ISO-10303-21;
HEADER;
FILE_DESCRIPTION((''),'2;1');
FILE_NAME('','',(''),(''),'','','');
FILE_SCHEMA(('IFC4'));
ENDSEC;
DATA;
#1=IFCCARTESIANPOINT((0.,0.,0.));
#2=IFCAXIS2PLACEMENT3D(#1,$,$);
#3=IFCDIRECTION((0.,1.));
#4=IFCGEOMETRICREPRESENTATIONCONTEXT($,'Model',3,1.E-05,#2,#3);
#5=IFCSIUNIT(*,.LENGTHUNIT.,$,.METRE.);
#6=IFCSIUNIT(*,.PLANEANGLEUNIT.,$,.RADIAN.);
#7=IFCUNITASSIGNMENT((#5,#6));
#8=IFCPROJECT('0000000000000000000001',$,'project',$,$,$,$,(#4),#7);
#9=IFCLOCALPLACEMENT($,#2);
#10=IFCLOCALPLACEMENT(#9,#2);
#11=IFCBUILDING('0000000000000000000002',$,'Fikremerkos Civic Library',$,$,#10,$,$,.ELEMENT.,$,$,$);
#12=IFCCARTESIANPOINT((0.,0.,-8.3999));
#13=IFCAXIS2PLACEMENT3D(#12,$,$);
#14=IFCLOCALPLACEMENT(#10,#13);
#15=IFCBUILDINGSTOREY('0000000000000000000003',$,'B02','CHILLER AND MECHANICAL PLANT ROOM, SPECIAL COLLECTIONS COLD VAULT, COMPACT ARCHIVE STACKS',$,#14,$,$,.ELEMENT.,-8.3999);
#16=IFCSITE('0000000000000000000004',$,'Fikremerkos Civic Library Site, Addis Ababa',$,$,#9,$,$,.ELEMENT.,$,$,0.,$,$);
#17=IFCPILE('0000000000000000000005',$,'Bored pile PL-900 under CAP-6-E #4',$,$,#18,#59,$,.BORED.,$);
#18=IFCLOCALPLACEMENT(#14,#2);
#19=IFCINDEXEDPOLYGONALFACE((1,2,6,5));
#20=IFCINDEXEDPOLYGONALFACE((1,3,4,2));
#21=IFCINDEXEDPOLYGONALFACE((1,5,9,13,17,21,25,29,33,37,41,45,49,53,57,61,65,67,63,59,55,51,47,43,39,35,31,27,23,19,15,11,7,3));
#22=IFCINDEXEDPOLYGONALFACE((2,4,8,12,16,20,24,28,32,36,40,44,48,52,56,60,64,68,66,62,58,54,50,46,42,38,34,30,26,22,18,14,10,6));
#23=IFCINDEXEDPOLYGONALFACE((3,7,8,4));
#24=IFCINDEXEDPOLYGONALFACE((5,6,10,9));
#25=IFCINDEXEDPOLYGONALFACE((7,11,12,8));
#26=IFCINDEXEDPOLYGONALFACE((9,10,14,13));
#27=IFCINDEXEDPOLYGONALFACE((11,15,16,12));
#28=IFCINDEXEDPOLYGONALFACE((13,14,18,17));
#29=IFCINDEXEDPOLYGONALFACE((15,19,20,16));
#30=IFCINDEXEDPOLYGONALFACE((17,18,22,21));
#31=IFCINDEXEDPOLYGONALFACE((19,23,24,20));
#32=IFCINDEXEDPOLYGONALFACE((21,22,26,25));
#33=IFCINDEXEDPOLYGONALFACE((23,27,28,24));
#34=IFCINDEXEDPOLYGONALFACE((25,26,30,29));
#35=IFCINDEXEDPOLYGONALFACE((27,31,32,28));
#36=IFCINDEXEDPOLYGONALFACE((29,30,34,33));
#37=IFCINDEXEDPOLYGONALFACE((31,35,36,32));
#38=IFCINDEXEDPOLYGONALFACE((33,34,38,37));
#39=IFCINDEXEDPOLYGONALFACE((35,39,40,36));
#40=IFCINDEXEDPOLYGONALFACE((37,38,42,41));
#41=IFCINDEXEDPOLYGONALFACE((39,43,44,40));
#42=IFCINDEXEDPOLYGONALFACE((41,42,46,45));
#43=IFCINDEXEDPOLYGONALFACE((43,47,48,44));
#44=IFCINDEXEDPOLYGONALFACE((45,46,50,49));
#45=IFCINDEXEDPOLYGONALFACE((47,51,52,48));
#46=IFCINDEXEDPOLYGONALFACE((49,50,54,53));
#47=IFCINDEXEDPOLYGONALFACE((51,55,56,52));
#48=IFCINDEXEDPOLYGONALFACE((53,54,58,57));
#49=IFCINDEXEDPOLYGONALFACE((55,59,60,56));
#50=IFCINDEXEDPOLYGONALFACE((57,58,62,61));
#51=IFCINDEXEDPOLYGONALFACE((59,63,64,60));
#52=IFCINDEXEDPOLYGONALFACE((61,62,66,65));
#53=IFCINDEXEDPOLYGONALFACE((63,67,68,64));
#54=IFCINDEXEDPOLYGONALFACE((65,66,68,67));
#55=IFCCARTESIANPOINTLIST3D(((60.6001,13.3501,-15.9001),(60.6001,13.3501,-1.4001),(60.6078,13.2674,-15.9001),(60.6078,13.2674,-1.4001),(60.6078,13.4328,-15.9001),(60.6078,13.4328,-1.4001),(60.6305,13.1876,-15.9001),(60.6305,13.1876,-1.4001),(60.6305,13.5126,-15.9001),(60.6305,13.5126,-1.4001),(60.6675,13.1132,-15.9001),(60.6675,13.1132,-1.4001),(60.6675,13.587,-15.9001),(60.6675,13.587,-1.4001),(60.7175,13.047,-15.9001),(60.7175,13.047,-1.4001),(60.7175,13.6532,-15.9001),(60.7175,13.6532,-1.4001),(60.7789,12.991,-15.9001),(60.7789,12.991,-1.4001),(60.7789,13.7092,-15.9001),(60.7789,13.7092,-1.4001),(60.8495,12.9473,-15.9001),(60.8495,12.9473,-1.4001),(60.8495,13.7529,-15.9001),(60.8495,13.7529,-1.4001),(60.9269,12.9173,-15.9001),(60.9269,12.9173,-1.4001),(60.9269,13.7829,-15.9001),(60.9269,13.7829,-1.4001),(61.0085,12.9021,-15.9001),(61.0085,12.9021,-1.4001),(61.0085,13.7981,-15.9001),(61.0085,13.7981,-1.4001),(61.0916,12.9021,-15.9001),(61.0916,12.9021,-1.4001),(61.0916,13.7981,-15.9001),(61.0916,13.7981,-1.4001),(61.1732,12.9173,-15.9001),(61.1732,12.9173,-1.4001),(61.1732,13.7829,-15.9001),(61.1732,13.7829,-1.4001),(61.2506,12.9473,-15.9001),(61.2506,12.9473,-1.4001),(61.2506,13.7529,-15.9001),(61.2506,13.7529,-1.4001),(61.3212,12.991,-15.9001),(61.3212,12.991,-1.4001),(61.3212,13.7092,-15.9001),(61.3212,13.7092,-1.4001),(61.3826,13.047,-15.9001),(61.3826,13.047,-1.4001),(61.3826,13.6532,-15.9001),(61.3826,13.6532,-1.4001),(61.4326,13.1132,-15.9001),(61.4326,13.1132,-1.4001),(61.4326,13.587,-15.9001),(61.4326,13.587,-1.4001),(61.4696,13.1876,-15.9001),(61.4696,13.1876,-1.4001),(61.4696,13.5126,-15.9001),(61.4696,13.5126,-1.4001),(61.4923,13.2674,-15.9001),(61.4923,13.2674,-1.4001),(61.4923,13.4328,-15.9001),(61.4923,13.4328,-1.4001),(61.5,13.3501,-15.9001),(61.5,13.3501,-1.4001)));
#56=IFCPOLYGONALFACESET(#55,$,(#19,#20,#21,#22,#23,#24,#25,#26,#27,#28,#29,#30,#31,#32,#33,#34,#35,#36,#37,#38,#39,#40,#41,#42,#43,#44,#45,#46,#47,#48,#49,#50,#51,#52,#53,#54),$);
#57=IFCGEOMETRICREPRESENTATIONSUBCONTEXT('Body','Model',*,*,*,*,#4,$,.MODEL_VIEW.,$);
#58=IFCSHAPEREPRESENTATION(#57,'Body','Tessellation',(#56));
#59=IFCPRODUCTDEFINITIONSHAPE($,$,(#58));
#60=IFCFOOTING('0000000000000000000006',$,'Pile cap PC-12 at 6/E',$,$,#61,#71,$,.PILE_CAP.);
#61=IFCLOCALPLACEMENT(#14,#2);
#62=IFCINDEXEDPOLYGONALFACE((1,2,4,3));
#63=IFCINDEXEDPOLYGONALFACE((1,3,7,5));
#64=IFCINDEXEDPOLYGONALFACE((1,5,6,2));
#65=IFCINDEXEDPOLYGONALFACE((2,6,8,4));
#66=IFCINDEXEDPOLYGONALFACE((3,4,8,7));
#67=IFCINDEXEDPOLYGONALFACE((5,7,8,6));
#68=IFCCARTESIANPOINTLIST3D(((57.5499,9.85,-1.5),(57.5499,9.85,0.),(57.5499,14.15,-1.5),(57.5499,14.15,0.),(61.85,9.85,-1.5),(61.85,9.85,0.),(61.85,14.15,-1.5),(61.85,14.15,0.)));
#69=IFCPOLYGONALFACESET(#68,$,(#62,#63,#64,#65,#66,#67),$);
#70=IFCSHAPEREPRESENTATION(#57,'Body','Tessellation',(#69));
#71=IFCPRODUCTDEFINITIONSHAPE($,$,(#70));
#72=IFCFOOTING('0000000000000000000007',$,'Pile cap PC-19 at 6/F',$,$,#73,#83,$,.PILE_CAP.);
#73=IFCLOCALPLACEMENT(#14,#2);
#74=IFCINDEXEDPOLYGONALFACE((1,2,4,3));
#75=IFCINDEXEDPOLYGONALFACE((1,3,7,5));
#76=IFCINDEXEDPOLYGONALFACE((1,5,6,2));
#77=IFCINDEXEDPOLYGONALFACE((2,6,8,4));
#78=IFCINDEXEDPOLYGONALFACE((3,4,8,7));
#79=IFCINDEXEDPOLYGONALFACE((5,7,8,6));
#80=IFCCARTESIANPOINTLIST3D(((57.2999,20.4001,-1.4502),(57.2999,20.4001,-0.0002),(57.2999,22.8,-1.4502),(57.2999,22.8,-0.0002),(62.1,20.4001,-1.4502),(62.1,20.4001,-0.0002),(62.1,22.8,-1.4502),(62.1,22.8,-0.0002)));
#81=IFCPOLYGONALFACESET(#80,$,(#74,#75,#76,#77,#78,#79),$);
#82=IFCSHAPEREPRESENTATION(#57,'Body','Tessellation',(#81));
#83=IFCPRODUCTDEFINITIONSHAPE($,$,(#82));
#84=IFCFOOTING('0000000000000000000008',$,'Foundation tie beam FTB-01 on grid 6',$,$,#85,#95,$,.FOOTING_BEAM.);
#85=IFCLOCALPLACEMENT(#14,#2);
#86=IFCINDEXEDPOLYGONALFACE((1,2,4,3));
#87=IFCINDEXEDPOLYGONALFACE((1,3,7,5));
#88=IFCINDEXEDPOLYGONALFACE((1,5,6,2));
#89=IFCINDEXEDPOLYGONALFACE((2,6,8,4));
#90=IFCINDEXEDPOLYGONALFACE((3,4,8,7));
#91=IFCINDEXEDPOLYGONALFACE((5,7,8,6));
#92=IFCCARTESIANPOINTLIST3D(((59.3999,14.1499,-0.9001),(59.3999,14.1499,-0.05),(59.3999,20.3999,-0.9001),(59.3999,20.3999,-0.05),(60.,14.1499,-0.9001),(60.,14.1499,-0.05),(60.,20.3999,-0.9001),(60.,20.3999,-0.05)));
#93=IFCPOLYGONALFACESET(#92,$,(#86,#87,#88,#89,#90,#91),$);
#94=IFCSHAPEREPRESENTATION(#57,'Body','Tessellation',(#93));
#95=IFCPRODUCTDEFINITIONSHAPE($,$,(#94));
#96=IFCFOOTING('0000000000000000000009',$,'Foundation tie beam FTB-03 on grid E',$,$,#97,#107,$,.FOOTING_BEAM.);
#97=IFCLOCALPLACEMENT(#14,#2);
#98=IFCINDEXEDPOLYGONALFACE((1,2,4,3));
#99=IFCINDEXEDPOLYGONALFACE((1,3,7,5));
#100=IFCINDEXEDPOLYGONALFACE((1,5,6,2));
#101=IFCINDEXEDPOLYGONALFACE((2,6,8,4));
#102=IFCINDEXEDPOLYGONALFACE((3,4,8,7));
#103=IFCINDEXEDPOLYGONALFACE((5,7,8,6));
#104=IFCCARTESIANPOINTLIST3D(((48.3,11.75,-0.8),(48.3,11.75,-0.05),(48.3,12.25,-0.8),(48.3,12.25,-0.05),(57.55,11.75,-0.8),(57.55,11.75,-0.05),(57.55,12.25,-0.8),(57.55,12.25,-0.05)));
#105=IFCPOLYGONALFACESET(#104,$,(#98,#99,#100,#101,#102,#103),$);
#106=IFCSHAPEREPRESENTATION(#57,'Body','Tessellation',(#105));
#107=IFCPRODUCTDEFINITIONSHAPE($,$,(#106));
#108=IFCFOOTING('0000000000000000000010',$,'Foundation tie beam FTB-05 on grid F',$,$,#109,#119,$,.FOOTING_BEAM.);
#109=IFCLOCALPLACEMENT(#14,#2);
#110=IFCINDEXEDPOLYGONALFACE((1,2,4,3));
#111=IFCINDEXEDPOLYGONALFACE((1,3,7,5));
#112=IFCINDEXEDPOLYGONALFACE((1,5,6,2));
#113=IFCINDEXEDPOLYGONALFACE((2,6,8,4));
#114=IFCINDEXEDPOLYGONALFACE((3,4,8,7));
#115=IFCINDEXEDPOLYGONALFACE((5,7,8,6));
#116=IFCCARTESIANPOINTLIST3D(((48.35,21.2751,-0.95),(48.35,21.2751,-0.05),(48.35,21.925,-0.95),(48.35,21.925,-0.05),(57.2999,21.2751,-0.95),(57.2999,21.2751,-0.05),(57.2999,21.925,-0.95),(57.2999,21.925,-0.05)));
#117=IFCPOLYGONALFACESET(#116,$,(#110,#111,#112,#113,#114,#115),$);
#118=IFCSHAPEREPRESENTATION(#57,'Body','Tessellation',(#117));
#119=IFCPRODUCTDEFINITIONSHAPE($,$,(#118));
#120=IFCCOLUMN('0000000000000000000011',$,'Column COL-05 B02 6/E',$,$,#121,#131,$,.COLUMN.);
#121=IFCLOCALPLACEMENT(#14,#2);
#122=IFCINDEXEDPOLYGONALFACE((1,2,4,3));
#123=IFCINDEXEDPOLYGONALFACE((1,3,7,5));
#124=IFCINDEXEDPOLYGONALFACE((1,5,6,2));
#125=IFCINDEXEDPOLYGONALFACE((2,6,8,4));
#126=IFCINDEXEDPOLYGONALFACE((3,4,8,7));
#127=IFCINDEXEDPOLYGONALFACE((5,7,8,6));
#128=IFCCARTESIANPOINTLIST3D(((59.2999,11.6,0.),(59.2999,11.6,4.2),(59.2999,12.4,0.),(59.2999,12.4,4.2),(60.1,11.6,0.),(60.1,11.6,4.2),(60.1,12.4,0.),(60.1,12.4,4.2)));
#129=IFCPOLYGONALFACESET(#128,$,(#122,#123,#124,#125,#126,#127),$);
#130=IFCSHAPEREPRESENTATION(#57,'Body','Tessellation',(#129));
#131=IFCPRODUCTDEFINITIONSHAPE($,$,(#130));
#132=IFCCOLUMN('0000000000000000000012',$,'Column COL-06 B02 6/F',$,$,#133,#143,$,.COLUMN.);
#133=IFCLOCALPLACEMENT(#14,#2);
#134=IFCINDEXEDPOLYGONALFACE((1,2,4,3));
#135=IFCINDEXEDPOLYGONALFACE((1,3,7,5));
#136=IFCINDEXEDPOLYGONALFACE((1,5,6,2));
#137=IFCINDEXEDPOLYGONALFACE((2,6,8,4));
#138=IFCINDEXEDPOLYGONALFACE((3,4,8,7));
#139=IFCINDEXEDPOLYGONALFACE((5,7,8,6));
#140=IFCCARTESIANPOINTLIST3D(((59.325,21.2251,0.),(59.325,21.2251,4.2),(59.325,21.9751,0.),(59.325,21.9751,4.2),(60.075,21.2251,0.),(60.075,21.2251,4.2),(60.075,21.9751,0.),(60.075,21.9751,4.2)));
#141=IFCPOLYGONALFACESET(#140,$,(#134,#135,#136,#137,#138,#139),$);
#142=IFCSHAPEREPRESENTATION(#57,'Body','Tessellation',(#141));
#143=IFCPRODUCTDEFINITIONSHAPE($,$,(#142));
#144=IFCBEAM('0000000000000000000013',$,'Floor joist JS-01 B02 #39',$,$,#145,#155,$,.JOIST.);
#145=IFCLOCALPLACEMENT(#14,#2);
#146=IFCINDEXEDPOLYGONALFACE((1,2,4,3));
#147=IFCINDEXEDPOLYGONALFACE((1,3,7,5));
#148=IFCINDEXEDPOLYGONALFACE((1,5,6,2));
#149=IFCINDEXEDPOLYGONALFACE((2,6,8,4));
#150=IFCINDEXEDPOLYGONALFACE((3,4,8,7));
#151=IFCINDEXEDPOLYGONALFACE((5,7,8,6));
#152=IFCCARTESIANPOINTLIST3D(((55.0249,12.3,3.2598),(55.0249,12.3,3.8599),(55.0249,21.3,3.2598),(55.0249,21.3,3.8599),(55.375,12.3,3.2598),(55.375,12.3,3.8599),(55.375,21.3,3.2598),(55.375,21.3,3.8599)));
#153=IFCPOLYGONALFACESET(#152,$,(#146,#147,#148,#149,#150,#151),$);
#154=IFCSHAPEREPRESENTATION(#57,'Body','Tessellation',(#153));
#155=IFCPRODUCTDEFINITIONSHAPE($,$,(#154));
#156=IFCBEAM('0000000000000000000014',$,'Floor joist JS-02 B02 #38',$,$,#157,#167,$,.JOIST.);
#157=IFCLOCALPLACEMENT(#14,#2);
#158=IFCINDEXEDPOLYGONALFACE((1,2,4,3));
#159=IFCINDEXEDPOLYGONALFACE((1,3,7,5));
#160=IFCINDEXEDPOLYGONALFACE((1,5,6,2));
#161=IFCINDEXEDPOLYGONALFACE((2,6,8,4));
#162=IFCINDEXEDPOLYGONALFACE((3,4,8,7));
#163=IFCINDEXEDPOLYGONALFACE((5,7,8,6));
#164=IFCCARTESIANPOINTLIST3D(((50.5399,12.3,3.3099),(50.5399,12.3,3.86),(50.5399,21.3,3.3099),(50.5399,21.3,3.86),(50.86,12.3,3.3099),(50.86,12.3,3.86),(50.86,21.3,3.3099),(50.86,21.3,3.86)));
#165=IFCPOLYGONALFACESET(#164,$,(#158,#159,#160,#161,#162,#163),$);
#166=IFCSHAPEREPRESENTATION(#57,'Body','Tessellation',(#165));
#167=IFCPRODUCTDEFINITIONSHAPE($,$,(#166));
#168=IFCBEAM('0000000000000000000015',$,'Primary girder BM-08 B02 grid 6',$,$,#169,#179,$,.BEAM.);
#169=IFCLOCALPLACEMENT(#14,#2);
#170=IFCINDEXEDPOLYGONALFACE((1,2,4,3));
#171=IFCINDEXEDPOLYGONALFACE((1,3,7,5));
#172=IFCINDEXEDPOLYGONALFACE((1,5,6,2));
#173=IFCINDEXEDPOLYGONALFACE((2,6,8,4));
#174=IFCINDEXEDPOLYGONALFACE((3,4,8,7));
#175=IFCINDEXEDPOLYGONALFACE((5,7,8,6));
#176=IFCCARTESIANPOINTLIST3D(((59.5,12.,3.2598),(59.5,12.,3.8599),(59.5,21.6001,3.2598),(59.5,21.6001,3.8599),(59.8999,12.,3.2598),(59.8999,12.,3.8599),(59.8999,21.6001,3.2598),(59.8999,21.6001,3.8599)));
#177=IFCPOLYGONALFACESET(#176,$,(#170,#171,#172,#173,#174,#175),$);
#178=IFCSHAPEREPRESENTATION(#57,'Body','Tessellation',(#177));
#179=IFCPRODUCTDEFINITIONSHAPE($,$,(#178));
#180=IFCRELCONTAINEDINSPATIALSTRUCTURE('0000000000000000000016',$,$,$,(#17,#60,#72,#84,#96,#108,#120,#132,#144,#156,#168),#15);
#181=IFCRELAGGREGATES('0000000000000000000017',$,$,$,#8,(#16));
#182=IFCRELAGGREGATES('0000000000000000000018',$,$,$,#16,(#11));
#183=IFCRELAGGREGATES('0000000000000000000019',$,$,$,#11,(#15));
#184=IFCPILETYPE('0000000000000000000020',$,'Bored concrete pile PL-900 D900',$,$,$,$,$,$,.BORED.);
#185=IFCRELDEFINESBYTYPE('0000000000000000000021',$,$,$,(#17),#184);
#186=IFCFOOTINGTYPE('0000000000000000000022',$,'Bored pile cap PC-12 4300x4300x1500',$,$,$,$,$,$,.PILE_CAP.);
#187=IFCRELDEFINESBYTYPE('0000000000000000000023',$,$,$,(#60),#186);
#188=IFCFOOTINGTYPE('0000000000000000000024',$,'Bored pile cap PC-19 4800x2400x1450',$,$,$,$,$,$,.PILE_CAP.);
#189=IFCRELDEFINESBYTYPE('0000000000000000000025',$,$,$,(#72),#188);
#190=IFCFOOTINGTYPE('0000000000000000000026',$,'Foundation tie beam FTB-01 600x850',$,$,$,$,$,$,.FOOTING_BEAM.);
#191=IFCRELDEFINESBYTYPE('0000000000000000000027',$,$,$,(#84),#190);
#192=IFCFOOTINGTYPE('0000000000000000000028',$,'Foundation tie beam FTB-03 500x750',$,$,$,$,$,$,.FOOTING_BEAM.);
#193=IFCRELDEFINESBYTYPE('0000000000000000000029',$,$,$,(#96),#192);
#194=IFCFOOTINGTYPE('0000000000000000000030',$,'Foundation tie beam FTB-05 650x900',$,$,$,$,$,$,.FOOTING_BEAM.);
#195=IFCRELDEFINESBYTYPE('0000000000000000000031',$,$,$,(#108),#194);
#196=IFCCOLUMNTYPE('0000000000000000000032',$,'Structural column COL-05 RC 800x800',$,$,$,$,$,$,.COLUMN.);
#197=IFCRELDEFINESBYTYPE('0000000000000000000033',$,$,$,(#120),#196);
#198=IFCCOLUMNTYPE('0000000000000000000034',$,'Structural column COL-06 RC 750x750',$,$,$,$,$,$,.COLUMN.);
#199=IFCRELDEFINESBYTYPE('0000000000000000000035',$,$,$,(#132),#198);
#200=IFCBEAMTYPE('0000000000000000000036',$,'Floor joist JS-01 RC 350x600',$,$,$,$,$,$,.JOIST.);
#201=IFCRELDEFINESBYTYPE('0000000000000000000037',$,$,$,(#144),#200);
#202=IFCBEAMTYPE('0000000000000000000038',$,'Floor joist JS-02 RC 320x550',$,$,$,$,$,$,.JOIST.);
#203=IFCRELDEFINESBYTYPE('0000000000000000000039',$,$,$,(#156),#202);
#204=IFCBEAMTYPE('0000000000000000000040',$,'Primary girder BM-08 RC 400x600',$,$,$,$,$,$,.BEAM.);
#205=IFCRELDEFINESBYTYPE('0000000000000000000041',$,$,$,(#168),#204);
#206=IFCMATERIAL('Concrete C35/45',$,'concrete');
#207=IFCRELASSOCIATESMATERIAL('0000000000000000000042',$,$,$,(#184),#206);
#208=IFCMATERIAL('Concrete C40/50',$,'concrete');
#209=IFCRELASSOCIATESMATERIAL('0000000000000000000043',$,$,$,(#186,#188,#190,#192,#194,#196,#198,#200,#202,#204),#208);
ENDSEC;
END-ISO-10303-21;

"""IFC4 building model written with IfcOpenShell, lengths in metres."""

from ifc_helpers import new_model, si_unit, direction, frame, origin, origin_2d, place, context, subcontext, project, spatial, rectangle, circle, extrude, material, material_profile, profile_set, type_object, element, save


model = new_model("IFC4")

# Units and contexts
model_context = context("Model", 3, precision=1e-05, world=origin(), true_north=direction((0.0, 1.0)))
body_context = subcontext(model_context, "Body", "Model", "MODEL_VIEW")
ifc_project = project(units=[si_unit("LENGTHUNIT", "METRE"), si_unit("PLANEANGLEUNIT", "RADIAN")], contexts=[model_context])

# Site, building, storey
site_placement = place(None, origin())
site = spatial("IfcSite", under=ifc_project, at=site_placement, Name="Fikremerkos Civic Library Site, Addis Ababa", CompositionType="ELEMENT", RefElevation=0.0)
building_placement = place(site_placement, origin())
building = spatial("IfcBuilding", under=site, at=building_placement, Name="Fikremerkos Civic Library", CompositionType="ELEMENT")
storey_placement = place(building_placement, frame((0.0, 0.0, -8.3999)))
storey = spatial("IfcBuildingStorey", under=building, at=storey_placement, Name="B02", Description="CHILLER AND MECHANICAL PLANT ROOM, SPECIAL COLLECTIONS COLD VAULT, COMPACT ARCHIVE STACKS", CompositionType="ELEMENT", Elevation=-8.3999)

# Pile
ifc_material_1 = material(Name="Concrete C35/45", Category="concrete")
ifc_material_profile_1 = material_profile(ifc_material_1, circle(Radius=0.45, at=origin_2d()), Name="BORED PILE 900")
ifc_profile_set_1 = profile_set([ifc_material_profile_1], Name="Concrete C35/45")
pile_type_1 = type_object("IfcPileType", Name="Bored concrete pile PL-900 D900", PredefinedType="BORED", material=ifc_profile_set_1)
for number, where, z_axis, x_axis, name in (
    (1, (61.05, 13.3501, -1.4001), (0.0, 0.0, -1.0), (1.0, 0.0, 0.0), "Bored pile PL-900 under CAP-6-E #4"),
):
    element("IfcPile", number, at=place(storey_placement, frame(where, z_axis=z_axis, x_axis=x_axis)), inside=storey, type_object=pile_type_1, Name=name, PredefinedType="BORED", context=body_context, shape_type="SweptSolid", body=[
        extrude(circle(Radius=0.45, at=origin_2d()), origin(), (0.0, 0.0, 1.0), 14.5),
    ])

# Footings
ifc_material_2 = material(Name="Concrete C40/50", Category="concrete")
footing_type_1 = type_object("IfcFootingType", Name="Bored pile cap PC-12 4300x4300x1500", PredefinedType="PILE_CAP", material=ifc_material_2)
footing_1_placement = place(storey_placement, frame((59.7, 12.0, -1.5), z_axis=(0.0, 0.0, 1.0), x_axis=(1.0, 0.0, 0.0)))
element("IfcFooting", 2, at=footing_1_placement, inside=storey, type_object=footing_type_1, Name="Pile cap PC-12 at 6/E", PredefinedType="PILE_CAP", context=body_context, shape_type="SweptSolid", body=[
    extrude(rectangle(XDim=4.3, YDim=4.3, at=origin_2d()), origin(), (0.0, 0.0, 1.0), 1.5),
])
footing_type_2 = type_object("IfcFootingType", Name="Bored pile cap PC-19 4800x2400x1450", PredefinedType="PILE_CAP", material=ifc_material_2)
footing_2_placement = place(storey_placement, frame((59.7, 21.6001, -1.4502), z_axis=(0.0, 0.0, 1.0), x_axis=(1.0, 0.0, 0.0)))
element("IfcFooting", 3, at=footing_2_placement, inside=storey, type_object=footing_type_2, Name="Pile cap PC-19 at 6/F", PredefinedType="PILE_CAP", context=body_context, shape_type="SweptSolid", body=[
    extrude(rectangle(XDim=4.8, YDim=2.3999, at=origin_2d()), origin(), (0.0, 0.0, 1.0), 1.45),
])
footing_type_3 = type_object("IfcFootingType", Name="Foundation tie beam FTB-01 600x850", PredefinedType="FOOTING_BEAM", material=ifc_material_2)
footing_3_placement = place(storey_placement, frame((59.7, 17.2749, -0.9001), z_axis=(0.0, 0.0, 1.0), x_axis=(0.0, 1.0, 0.0)))
element("IfcFooting", 4, at=footing_3_placement, inside=storey, type_object=footing_type_3, Name="Foundation tie beam FTB-01 on grid 6", PredefinedType="FOOTING_BEAM", context=body_context, shape_type="SweptSolid", body=[
    extrude(rectangle(XDim=6.25, YDim=0.6001, at=origin_2d()), origin(), (0.0, 0.0, 1.0), 0.8501),
])
footing_type_4 = type_object("IfcFootingType", Name="Foundation tie beam FTB-03 500x750", PredefinedType="FOOTING_BEAM", material=ifc_material_2)
footing_4_placement = place(storey_placement, frame((52.925, 12.0, -0.8), z_axis=(0.0, 0.0, 1.0), x_axis=(1.0, 0.0, 0.0)))
element("IfcFooting", 5, at=footing_4_placement, inside=storey, type_object=footing_type_4, Name="Foundation tie beam FTB-03 on grid E", PredefinedType="FOOTING_BEAM", context=body_context, shape_type="SweptSolid", body=[
    extrude(rectangle(XDim=9.25, YDim=0.5, at=origin_2d()), origin(), (0.0, 0.0, 1.0), 0.75),
])
footing_type_5 = type_object("IfcFootingType", Name="Foundation tie beam FTB-05 650x900", PredefinedType="FOOTING_BEAM", material=ifc_material_2)
footing_5_placement = place(storey_placement, frame((52.825, 21.6001, -0.95), z_axis=(0.0, 0.0, 1.0), x_axis=(1.0, 0.0, 0.0)))
element("IfcFooting", 6, at=footing_5_placement, inside=storey, type_object=footing_type_5, Name="Foundation tie beam FTB-05 on grid F", PredefinedType="FOOTING_BEAM", context=body_context, shape_type="SweptSolid", body=[
    extrude(rectangle(XDim=8.95, YDim=0.6499, at=origin_2d()), origin(), (0.0, 0.0, 1.0), 0.8999),
])

# Columns
ifc_material_profile_2 = material_profile(ifc_material_2, rectangle(XDim=0.8, YDim=0.8, at=origin_2d()), Name="RC 800x800")
ifc_profile_set_2 = profile_set([ifc_material_profile_2], Name="Concrete C40/50")
column_type_1 = type_object("IfcColumnType", Name="Structural column COL-05 RC 800x800", PredefinedType="COLUMN", material=ifc_profile_set_2)
column_1_placement = place(storey_placement, frame((59.7, 12.0, 0.0), z_axis=(0.0, 0.0, 1.0), x_axis=(1.0, 0.0, 0.0)))
element("IfcColumn", 7, at=column_1_placement, inside=storey, type_object=column_type_1, Name="Column COL-05 B02 6/E", PredefinedType="COLUMN", context=body_context, shape_type="SweptSolid", body=[
    extrude(rectangle(XDim=0.8, YDim=0.8, at=origin_2d()), origin(), (0.0, 0.0, 1.0), 4.2),
])
ifc_material_profile_3 = material_profile(ifc_material_2, rectangle(XDim=0.75, YDim=0.75, at=origin_2d()), Name="RC 750x750")
ifc_profile_set_3 = profile_set([ifc_material_profile_3], Name="Concrete C40/50")
column_type_2 = type_object("IfcColumnType", Name="Structural column COL-06 RC 750x750", PredefinedType="COLUMN", material=ifc_profile_set_3)
column_2_placement = place(storey_placement, frame((59.7, 21.6001, 0.0), z_axis=(0.0, 0.0, 1.0), x_axis=(1.0, 0.0, 0.0)))
element("IfcColumn", 8, at=column_2_placement, inside=storey, type_object=column_type_2, Name="Column COL-06 B02 6/F", PredefinedType="COLUMN", context=body_context, shape_type="SweptSolid", body=[
    extrude(rectangle(XDim=0.75, YDim=0.75, at=origin_2d()), origin(), (0.0, 0.0, 1.0), 4.2),
])

# Beams
ifc_material_profile_4 = material_profile(ifc_material_2, rectangle(XDim=0.3501, YDim=0.6001, at=origin_2d()), Name="RC 350x600")
ifc_profile_set_4 = profile_set([ifc_material_profile_4], Name="Concrete C40/50")
beam_type_1 = type_object("IfcBeamType", Name="Floor joist JS-01 RC 350x600", PredefinedType="JOIST", material=ifc_profile_set_4)
beam_1_placement = place(storey_placement, frame((55.2, 12.3, 3.5598), z_axis=(0.0, 1.0, 0.0), x_axis=(-1.0, 0.0, 0.0)))
element("IfcBeam", 9, at=beam_1_placement, inside=storey, type_object=beam_type_1, Name="Floor joist JS-01 B02 #39", PredefinedType="JOIST", context=body_context, shape_type="SweptSolid", body=[
    extrude(rectangle(XDim=0.3501, YDim=0.6001, at=origin_2d()), origin(), (0.0, 0.0, 1.0), 9.0),
])
ifc_material_profile_5 = material_profile(ifc_material_2, rectangle(XDim=0.3201, YDim=0.55, at=origin_2d()), Name="RC 320x550")
ifc_profile_set_5 = profile_set([ifc_material_profile_5], Name="Concrete C40/50")
beam_type_2 = type_object("IfcBeamType", Name="Floor joist JS-02 RC 320x550", PredefinedType="JOIST", material=ifc_profile_set_5)
beam_2_placement = place(storey_placement, frame((50.7, 12.3, 3.585), z_axis=(0.0, 1.0, 0.0), x_axis=(-1.0, 0.0, 0.0)))
element("IfcBeam", 10, at=beam_2_placement, inside=storey, type_object=beam_type_2, Name="Floor joist JS-02 B02 #38", PredefinedType="JOIST", context=body_context, shape_type="SweptSolid", body=[
    extrude(rectangle(XDim=0.3201, YDim=0.55, at=origin_2d()), origin(), (0.0, 0.0, 1.0), 9.0),
])
ifc_material_profile_6 = material_profile(ifc_material_2, rectangle(XDim=0.3999, YDim=0.6001, at=origin_2d()), Name="RC 400x600")
ifc_profile_set_6 = profile_set([ifc_material_profile_6], Name="Concrete C40/50")
beam_type_3 = type_object("IfcBeamType", Name="Primary girder BM-08 RC 400x600", PredefinedType="BEAM", material=ifc_profile_set_6)
beam_3_placement = place(storey_placement, frame((59.7, 12.0, 3.5598), z_axis=(0.0, 1.0, 0.0), x_axis=(-1.0, 0.0, 0.0)))
element("IfcBeam", 11, at=beam_3_placement, inside=storey, type_object=beam_type_3, Name="Primary girder BM-08 B02 grid 6", PredefinedType="BEAM", context=body_context, shape_type="SweptSolid", body=[
    extrude(rectangle(XDim=0.3999, YDim=0.6001, at=origin_2d()), origin(), (0.0, 0.0, 1.0), 9.6001),
])

save(model, "model.ifc")
